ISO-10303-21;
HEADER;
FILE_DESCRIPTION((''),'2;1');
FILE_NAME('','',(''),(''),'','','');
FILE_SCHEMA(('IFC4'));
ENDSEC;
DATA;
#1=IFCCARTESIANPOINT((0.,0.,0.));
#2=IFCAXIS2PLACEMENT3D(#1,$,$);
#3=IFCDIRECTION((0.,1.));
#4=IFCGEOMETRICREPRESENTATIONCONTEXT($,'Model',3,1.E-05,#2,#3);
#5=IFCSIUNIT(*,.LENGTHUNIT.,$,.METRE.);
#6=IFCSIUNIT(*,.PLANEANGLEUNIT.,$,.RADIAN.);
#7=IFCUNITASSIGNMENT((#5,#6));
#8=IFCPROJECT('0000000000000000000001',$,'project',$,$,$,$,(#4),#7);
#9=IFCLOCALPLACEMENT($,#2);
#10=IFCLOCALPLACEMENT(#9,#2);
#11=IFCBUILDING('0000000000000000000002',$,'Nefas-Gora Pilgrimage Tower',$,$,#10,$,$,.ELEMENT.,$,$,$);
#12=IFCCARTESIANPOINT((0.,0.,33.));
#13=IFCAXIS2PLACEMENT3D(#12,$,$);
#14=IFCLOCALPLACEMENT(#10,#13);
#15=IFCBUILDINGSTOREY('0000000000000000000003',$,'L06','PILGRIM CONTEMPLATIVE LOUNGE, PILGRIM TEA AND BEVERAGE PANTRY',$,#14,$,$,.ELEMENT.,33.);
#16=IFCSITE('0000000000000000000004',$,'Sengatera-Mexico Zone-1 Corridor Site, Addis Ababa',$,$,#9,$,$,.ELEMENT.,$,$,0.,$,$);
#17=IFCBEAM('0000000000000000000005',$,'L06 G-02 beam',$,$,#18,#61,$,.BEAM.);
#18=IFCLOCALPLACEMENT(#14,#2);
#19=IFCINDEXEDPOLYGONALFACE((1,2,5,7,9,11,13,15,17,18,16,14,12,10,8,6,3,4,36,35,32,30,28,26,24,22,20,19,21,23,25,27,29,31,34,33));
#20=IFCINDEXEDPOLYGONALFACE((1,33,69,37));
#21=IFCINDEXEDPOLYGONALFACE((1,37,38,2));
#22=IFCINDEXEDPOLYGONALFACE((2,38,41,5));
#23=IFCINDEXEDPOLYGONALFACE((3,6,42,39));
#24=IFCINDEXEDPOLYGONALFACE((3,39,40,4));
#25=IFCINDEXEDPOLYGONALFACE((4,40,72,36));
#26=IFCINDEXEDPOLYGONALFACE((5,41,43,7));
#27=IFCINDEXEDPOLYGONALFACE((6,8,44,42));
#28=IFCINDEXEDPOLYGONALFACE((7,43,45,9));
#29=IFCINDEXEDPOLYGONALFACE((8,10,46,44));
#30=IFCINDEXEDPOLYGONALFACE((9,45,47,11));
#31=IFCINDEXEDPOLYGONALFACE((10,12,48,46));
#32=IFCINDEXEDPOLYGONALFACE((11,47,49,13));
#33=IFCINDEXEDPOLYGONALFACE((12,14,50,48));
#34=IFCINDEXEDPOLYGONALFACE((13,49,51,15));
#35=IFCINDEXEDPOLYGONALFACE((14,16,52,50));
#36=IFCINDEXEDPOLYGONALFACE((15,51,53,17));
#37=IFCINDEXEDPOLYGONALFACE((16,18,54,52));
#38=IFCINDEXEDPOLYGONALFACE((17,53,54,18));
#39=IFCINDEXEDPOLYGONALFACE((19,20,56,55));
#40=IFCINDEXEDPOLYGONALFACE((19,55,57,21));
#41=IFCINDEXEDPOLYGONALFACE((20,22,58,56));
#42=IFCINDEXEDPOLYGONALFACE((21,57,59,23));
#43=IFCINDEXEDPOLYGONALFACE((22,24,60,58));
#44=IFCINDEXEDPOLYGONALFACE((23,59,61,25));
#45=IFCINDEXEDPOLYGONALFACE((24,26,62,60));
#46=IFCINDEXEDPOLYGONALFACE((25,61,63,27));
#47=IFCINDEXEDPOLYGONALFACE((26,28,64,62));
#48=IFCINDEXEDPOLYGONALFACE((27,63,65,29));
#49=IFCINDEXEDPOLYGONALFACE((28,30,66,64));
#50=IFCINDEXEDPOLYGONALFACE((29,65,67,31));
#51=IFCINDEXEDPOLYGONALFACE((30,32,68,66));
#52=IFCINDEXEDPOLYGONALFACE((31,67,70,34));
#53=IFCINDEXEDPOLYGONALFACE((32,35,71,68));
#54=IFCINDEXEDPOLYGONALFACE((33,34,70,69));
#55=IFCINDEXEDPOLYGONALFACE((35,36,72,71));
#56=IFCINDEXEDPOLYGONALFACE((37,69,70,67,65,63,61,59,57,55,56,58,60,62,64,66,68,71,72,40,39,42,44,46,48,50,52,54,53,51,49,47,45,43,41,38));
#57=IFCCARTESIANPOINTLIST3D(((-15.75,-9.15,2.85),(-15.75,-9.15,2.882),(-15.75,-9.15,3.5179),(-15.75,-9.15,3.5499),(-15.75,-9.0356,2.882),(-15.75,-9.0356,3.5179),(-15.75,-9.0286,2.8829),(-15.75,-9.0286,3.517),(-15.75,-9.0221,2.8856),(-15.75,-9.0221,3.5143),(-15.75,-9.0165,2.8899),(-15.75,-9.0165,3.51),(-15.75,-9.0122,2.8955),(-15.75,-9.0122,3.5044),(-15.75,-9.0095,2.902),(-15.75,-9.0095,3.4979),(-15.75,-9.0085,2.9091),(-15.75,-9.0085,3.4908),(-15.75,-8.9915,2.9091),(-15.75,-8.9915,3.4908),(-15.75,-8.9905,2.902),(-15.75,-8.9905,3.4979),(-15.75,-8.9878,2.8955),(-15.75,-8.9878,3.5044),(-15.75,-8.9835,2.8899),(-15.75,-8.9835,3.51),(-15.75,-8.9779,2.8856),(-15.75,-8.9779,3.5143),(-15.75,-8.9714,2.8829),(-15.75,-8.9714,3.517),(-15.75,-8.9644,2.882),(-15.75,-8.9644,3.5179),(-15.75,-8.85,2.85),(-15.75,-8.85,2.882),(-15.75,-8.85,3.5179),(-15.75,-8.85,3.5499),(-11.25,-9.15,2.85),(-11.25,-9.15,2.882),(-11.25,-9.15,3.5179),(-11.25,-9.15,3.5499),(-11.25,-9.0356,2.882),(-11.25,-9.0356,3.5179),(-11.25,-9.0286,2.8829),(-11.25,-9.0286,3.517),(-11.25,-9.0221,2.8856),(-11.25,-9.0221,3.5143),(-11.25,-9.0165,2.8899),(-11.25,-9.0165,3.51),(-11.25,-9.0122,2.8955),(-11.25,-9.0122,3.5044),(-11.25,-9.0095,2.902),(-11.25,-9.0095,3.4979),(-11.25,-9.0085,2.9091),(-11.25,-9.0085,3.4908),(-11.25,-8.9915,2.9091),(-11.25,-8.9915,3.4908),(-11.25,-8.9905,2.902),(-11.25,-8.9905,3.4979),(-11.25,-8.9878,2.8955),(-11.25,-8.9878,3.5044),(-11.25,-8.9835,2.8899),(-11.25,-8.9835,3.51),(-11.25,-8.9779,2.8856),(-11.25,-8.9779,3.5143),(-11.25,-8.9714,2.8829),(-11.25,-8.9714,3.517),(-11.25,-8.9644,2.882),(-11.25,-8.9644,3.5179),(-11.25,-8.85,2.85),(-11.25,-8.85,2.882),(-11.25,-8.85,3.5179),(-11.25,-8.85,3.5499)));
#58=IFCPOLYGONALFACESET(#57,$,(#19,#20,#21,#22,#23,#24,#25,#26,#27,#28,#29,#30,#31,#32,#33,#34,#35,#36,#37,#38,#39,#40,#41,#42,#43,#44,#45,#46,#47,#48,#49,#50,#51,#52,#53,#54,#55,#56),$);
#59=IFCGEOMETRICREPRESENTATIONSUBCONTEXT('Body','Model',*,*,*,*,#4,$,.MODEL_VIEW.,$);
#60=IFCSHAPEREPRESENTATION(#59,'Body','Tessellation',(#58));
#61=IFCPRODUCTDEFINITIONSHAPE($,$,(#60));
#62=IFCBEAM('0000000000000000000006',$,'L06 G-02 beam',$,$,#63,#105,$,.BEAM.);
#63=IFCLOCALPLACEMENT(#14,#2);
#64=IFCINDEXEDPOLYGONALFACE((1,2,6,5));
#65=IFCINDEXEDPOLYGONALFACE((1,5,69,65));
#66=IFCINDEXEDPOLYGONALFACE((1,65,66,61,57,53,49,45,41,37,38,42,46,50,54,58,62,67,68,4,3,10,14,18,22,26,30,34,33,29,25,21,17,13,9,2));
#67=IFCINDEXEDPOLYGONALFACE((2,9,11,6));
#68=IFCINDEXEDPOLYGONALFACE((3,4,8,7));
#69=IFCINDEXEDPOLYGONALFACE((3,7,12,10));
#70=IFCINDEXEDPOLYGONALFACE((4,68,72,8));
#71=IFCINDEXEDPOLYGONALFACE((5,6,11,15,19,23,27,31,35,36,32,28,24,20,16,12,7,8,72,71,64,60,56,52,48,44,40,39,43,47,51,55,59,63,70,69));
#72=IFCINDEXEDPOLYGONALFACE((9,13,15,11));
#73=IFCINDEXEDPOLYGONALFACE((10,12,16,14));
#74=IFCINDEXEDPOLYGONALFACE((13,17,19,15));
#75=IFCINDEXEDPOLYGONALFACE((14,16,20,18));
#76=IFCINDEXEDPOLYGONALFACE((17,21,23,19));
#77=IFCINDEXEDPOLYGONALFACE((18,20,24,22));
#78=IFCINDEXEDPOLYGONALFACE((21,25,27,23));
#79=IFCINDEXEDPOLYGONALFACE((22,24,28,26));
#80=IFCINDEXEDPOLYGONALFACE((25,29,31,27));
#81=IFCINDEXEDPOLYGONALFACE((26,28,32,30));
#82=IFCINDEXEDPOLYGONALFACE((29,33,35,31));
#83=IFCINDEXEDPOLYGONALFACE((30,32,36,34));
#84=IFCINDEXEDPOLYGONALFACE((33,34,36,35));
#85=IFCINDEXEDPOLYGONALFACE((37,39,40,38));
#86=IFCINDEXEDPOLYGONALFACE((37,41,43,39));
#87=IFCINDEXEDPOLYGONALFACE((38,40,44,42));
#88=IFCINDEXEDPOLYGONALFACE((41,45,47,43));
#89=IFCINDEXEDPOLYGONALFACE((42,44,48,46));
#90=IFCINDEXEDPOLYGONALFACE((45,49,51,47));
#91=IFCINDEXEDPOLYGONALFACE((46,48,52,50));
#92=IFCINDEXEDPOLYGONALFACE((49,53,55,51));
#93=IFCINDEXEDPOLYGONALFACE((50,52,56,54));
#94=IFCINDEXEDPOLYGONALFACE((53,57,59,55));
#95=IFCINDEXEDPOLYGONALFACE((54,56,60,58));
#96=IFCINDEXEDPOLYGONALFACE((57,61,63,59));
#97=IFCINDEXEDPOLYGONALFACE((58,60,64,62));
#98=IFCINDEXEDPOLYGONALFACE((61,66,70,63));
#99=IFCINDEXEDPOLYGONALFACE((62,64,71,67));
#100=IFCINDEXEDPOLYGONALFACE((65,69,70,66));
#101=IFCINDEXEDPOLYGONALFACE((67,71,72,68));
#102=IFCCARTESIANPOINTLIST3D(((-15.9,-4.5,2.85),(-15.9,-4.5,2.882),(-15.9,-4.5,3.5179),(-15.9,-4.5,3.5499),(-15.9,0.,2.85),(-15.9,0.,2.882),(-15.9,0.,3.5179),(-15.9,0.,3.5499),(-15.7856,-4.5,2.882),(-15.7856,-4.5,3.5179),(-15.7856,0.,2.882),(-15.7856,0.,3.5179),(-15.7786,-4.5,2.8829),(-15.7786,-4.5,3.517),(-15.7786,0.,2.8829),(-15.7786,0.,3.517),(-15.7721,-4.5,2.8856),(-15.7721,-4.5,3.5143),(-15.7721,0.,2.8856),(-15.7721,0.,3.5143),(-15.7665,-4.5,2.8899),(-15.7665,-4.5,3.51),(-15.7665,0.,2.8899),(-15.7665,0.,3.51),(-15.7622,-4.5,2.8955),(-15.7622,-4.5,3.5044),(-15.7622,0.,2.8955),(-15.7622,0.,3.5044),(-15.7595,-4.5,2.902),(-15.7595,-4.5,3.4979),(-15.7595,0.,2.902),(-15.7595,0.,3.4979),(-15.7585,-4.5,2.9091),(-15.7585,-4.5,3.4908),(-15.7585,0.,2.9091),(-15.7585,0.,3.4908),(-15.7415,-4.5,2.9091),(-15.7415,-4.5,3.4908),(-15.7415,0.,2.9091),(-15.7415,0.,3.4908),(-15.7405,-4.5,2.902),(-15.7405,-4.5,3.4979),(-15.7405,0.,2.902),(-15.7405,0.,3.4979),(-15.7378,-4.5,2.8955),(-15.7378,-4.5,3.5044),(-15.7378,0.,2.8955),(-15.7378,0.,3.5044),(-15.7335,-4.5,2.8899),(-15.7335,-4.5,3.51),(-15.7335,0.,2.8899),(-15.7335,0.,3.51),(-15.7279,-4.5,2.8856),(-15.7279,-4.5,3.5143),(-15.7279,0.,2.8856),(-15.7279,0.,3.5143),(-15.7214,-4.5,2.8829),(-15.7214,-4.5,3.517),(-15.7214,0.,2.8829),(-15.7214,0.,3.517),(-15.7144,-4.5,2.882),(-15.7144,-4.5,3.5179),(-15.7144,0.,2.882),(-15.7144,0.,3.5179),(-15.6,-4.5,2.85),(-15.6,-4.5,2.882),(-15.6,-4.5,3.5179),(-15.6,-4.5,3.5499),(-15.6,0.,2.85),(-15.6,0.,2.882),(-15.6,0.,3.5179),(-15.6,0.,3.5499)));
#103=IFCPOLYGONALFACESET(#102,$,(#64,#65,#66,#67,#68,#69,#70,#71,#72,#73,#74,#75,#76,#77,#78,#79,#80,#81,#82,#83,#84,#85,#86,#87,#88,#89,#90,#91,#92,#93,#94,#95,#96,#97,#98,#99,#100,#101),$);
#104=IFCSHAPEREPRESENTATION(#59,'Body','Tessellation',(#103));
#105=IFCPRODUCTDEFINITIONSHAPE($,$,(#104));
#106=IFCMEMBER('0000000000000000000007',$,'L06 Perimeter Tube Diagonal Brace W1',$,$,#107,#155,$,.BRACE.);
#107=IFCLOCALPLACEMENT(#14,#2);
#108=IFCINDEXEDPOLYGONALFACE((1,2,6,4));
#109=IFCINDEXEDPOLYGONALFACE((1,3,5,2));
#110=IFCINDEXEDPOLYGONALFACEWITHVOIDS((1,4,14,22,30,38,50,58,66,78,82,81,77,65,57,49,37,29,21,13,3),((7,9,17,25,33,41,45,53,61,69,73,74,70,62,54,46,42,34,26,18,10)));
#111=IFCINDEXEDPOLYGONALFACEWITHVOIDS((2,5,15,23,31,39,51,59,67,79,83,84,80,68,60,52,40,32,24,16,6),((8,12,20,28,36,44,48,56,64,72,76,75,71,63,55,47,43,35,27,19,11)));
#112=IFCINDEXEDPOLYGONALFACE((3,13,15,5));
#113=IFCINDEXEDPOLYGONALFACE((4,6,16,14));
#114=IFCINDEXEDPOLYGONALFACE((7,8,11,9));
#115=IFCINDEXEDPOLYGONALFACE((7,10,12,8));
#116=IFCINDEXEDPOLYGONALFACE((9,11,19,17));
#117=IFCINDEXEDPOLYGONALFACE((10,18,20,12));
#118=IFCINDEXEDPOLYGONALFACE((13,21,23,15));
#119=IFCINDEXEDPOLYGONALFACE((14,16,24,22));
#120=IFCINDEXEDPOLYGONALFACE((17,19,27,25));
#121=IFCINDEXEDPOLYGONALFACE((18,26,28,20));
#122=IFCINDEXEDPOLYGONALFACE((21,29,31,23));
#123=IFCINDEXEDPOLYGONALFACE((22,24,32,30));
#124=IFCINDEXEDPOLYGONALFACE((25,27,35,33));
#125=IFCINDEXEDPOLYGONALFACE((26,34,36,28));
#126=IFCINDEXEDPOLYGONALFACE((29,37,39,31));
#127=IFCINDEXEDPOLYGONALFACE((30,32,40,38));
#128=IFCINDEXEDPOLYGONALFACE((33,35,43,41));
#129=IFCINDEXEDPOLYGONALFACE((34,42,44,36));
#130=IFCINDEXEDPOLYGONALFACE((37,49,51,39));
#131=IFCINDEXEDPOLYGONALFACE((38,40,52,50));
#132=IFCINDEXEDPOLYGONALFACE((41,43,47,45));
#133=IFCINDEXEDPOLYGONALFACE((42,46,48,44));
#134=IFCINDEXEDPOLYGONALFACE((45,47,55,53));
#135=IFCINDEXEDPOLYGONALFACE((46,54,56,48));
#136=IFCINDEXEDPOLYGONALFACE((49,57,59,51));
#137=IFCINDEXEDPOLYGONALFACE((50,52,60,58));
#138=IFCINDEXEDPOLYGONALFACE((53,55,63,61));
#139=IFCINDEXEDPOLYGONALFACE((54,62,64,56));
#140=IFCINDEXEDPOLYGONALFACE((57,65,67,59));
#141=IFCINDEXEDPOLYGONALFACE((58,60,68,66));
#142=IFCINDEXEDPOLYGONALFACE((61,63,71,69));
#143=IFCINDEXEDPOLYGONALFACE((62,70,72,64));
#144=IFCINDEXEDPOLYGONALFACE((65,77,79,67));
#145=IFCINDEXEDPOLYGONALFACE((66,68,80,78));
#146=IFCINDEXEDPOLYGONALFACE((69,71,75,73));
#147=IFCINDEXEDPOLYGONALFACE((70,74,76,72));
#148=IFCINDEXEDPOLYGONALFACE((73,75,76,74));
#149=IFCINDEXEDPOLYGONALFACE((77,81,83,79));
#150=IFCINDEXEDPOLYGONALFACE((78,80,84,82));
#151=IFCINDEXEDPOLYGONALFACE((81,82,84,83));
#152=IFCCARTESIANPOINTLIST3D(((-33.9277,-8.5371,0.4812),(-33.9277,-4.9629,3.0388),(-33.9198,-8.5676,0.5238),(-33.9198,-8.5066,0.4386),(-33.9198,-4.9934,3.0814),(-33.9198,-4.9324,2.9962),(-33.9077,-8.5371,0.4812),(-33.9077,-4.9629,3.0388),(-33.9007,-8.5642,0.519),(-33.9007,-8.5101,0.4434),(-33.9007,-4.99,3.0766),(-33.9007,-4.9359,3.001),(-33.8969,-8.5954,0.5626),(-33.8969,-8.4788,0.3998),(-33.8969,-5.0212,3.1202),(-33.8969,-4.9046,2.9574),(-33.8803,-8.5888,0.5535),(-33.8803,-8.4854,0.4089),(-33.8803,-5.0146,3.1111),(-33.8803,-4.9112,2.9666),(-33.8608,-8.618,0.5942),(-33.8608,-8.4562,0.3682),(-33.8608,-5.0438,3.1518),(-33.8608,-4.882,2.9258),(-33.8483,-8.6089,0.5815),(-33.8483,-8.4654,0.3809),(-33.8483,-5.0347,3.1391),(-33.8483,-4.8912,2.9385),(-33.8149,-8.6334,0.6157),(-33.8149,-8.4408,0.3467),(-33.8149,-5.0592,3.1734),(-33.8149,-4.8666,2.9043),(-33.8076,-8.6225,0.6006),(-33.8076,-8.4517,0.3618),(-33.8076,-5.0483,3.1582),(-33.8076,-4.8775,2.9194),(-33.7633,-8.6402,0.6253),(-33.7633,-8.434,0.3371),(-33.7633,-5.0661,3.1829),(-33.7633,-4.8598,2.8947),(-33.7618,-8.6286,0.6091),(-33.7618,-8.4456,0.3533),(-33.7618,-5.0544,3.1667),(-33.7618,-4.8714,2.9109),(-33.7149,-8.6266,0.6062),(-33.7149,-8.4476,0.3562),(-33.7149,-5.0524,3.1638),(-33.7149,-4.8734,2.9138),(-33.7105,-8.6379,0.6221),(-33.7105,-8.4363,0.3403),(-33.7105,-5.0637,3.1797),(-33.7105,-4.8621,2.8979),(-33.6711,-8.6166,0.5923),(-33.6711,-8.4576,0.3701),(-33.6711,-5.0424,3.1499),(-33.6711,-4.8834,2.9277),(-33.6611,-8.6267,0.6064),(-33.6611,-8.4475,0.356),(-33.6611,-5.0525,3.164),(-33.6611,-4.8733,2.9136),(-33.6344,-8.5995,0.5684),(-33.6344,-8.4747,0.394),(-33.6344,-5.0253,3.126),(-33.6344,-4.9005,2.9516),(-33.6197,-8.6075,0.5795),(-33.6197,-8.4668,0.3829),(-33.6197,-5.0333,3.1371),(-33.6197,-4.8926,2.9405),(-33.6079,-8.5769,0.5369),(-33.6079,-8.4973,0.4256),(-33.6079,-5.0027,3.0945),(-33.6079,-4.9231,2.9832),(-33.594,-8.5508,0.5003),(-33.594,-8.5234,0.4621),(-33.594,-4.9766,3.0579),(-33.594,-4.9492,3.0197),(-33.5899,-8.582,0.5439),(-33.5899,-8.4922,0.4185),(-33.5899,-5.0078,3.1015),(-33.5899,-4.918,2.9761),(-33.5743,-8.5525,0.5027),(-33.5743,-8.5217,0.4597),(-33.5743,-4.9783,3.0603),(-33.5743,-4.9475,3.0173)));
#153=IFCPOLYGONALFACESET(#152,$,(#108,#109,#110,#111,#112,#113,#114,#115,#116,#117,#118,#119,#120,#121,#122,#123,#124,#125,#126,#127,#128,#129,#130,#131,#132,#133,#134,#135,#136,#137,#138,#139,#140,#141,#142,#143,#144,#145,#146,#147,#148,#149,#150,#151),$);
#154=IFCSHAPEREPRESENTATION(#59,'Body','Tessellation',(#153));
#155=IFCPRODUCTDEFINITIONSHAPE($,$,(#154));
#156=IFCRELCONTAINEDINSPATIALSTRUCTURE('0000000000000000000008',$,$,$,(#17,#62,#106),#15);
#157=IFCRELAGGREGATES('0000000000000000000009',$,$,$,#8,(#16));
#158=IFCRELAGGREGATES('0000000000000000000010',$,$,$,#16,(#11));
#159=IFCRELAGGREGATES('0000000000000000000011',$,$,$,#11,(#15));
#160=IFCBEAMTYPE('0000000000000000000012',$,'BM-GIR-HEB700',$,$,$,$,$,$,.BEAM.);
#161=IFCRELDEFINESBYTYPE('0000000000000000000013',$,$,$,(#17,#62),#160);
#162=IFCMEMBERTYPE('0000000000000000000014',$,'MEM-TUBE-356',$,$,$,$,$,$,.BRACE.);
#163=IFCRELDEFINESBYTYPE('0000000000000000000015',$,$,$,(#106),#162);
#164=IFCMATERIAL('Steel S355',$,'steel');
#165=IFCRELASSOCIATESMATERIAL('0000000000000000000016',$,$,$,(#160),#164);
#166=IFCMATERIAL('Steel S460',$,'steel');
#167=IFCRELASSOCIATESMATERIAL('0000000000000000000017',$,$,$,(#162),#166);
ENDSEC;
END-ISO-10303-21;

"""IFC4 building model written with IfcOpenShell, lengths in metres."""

from ifc_helpers import new_model, si_unit, direction, frame, origin, origin_2d, place, context, subcontext, project, spatial, hollow_circle, i_section, extrude, source, transform, mapped, material, material_profile, profile_set, type_object, element, save


model = new_model("IFC4")

# Units and contexts
model_context = context("Model", 3, precision=1e-05, world=origin(), true_north=direction((0.0, 1.0)))
body_context = subcontext(model_context, "Body", "Model", "MODEL_VIEW")
ifc_project = project(units=[si_unit("LENGTHUNIT", "METRE"), si_unit("PLANEANGLEUNIT", "RADIAN")], contexts=[model_context])

# Site, building, storey
site_placement = place(None, origin())
site = spatial("IfcSite", under=ifc_project, at=site_placement, Name="Sengatera-Mexico Zone-1 Corridor Site, Addis Ababa", CompositionType="ELEMENT", RefElevation=0.0)
building_placement = place(site_placement, origin())
building = spatial("IfcBuilding", under=site, at=building_placement, Name="Nefas-Gora Pilgrimage Tower", CompositionType="ELEMENT")
storey_placement = place(building_placement, frame((0.0, 0.0, 33.0)))
storey = spatial("IfcBuildingStorey", under=building, at=storey_placement, Name="L06", Description="PILGRIM CONTEMPLATIVE LOUNGE, PILGRIM TEA AND BEVERAGE PANTRY", CompositionType="ELEMENT", Elevation=33.0)

# Shared definitions
ifc_material_1 = material(Name="Steel S460", Category="steel")

# Beams
ifc_material_2 = material(Name="Steel S355", Category="steel")
ifc_material_profile_1 = material_profile(ifc_material_2, i_section(OverallWidth=0.3, OverallDepth=0.7, WebThickness=0.0171, FlangeThickness=0.032, FilletRadius=0.0271, at=origin_2d()), Name="HEB 700")
ifc_profile_set_1 = profile_set([ifc_material_profile_1], Name="Steel S355")
beam_type_1 = type_object("IfcBeamType", Name="BM-GIR-HEB700", PredefinedType="BEAM", material=ifc_profile_set_1)
shared_shape_1 = source(origin(), body_context, "Body", "SweptSolid", [
    extrude(i_section(OverallWidth=0.3, OverallDepth=0.7, WebThickness=0.0171, FlangeThickness=0.032, FilletRadius=0.0271, at=origin_2d()), origin(), (0.0, 0.0, 1.0), 4.5),
])
for number, where, z_axis, x_axis, name in (
    (1, (-15.75, -9.0, 3.2), (1.0, 0.0, 0.0), (0.0, 1.0, 0.0), "L06 G-02 beam"),
    (2, (-15.75, -4.5, 3.2), (0.0, 1.0, 0.0), (-1.0, 0.0, 0.0), "L06 G-02 beam"),
):
    element("IfcBeam", number, at=place(storey_placement, frame(where, z_axis=z_axis, x_axis=x_axis)), inside=storey, type_object=beam_type_1, Name=name, PredefinedType="BEAM", context=body_context, shape_type="MappedRepresentation", body=[
        mapped(shared_shape_1, transform((0.0, 0.0, 0.0), x_axis=(1.0, 0.0, 0.0), y_axis=(0.0, 1.0, 0.0), z_axis=(0.0, 0.0, 1.0), scale=1.0)),
    ])

# Member
ifc_material_profile_2 = material_profile(ifc_material_1, hollow_circle(Radius=0.1777, WallThickness=0.02, at=origin_2d()), Name="CHS 355.6x20")
ifc_profile_set_2 = profile_set([ifc_material_profile_2], Name="Steel S460")
member_type_1 = type_object("IfcMemberType", Name="MEM-TUBE-356", PredefinedType="BRACE", material=ifc_profile_set_2)
shared_shape_2 = source(origin(), body_context, "Body", "SweptSolid", [
    extrude(hollow_circle(Radius=0.1777, WallThickness=0.02, at=origin_2d()), origin(), (0.0, 0.0, 1.0), 4.395),
])
member_1_placement = place(storey_placement, frame((-33.75, -8.5371, 0.4812), z_axis=(0.0, 0.813238, 0.581932), x_axis=(-1.0, 0.0, 0.0)))
element("IfcMember", 3, at=member_1_placement, inside=storey, type_object=member_type_1, Name="L06 Perimeter Tube Diagonal Brace W1", PredefinedType="BRACE", context=body_context, shape_type="MappedRepresentation", body=[
    mapped(shared_shape_2, transform((0.0, 0.0, 0.0), x_axis=(1.0, 0.0, 0.0), y_axis=(0.0, 1.0, 0.0), z_axis=(0.0, 0.0, 1.0), scale=1.0)),
])

save(model, "model.ifc")
